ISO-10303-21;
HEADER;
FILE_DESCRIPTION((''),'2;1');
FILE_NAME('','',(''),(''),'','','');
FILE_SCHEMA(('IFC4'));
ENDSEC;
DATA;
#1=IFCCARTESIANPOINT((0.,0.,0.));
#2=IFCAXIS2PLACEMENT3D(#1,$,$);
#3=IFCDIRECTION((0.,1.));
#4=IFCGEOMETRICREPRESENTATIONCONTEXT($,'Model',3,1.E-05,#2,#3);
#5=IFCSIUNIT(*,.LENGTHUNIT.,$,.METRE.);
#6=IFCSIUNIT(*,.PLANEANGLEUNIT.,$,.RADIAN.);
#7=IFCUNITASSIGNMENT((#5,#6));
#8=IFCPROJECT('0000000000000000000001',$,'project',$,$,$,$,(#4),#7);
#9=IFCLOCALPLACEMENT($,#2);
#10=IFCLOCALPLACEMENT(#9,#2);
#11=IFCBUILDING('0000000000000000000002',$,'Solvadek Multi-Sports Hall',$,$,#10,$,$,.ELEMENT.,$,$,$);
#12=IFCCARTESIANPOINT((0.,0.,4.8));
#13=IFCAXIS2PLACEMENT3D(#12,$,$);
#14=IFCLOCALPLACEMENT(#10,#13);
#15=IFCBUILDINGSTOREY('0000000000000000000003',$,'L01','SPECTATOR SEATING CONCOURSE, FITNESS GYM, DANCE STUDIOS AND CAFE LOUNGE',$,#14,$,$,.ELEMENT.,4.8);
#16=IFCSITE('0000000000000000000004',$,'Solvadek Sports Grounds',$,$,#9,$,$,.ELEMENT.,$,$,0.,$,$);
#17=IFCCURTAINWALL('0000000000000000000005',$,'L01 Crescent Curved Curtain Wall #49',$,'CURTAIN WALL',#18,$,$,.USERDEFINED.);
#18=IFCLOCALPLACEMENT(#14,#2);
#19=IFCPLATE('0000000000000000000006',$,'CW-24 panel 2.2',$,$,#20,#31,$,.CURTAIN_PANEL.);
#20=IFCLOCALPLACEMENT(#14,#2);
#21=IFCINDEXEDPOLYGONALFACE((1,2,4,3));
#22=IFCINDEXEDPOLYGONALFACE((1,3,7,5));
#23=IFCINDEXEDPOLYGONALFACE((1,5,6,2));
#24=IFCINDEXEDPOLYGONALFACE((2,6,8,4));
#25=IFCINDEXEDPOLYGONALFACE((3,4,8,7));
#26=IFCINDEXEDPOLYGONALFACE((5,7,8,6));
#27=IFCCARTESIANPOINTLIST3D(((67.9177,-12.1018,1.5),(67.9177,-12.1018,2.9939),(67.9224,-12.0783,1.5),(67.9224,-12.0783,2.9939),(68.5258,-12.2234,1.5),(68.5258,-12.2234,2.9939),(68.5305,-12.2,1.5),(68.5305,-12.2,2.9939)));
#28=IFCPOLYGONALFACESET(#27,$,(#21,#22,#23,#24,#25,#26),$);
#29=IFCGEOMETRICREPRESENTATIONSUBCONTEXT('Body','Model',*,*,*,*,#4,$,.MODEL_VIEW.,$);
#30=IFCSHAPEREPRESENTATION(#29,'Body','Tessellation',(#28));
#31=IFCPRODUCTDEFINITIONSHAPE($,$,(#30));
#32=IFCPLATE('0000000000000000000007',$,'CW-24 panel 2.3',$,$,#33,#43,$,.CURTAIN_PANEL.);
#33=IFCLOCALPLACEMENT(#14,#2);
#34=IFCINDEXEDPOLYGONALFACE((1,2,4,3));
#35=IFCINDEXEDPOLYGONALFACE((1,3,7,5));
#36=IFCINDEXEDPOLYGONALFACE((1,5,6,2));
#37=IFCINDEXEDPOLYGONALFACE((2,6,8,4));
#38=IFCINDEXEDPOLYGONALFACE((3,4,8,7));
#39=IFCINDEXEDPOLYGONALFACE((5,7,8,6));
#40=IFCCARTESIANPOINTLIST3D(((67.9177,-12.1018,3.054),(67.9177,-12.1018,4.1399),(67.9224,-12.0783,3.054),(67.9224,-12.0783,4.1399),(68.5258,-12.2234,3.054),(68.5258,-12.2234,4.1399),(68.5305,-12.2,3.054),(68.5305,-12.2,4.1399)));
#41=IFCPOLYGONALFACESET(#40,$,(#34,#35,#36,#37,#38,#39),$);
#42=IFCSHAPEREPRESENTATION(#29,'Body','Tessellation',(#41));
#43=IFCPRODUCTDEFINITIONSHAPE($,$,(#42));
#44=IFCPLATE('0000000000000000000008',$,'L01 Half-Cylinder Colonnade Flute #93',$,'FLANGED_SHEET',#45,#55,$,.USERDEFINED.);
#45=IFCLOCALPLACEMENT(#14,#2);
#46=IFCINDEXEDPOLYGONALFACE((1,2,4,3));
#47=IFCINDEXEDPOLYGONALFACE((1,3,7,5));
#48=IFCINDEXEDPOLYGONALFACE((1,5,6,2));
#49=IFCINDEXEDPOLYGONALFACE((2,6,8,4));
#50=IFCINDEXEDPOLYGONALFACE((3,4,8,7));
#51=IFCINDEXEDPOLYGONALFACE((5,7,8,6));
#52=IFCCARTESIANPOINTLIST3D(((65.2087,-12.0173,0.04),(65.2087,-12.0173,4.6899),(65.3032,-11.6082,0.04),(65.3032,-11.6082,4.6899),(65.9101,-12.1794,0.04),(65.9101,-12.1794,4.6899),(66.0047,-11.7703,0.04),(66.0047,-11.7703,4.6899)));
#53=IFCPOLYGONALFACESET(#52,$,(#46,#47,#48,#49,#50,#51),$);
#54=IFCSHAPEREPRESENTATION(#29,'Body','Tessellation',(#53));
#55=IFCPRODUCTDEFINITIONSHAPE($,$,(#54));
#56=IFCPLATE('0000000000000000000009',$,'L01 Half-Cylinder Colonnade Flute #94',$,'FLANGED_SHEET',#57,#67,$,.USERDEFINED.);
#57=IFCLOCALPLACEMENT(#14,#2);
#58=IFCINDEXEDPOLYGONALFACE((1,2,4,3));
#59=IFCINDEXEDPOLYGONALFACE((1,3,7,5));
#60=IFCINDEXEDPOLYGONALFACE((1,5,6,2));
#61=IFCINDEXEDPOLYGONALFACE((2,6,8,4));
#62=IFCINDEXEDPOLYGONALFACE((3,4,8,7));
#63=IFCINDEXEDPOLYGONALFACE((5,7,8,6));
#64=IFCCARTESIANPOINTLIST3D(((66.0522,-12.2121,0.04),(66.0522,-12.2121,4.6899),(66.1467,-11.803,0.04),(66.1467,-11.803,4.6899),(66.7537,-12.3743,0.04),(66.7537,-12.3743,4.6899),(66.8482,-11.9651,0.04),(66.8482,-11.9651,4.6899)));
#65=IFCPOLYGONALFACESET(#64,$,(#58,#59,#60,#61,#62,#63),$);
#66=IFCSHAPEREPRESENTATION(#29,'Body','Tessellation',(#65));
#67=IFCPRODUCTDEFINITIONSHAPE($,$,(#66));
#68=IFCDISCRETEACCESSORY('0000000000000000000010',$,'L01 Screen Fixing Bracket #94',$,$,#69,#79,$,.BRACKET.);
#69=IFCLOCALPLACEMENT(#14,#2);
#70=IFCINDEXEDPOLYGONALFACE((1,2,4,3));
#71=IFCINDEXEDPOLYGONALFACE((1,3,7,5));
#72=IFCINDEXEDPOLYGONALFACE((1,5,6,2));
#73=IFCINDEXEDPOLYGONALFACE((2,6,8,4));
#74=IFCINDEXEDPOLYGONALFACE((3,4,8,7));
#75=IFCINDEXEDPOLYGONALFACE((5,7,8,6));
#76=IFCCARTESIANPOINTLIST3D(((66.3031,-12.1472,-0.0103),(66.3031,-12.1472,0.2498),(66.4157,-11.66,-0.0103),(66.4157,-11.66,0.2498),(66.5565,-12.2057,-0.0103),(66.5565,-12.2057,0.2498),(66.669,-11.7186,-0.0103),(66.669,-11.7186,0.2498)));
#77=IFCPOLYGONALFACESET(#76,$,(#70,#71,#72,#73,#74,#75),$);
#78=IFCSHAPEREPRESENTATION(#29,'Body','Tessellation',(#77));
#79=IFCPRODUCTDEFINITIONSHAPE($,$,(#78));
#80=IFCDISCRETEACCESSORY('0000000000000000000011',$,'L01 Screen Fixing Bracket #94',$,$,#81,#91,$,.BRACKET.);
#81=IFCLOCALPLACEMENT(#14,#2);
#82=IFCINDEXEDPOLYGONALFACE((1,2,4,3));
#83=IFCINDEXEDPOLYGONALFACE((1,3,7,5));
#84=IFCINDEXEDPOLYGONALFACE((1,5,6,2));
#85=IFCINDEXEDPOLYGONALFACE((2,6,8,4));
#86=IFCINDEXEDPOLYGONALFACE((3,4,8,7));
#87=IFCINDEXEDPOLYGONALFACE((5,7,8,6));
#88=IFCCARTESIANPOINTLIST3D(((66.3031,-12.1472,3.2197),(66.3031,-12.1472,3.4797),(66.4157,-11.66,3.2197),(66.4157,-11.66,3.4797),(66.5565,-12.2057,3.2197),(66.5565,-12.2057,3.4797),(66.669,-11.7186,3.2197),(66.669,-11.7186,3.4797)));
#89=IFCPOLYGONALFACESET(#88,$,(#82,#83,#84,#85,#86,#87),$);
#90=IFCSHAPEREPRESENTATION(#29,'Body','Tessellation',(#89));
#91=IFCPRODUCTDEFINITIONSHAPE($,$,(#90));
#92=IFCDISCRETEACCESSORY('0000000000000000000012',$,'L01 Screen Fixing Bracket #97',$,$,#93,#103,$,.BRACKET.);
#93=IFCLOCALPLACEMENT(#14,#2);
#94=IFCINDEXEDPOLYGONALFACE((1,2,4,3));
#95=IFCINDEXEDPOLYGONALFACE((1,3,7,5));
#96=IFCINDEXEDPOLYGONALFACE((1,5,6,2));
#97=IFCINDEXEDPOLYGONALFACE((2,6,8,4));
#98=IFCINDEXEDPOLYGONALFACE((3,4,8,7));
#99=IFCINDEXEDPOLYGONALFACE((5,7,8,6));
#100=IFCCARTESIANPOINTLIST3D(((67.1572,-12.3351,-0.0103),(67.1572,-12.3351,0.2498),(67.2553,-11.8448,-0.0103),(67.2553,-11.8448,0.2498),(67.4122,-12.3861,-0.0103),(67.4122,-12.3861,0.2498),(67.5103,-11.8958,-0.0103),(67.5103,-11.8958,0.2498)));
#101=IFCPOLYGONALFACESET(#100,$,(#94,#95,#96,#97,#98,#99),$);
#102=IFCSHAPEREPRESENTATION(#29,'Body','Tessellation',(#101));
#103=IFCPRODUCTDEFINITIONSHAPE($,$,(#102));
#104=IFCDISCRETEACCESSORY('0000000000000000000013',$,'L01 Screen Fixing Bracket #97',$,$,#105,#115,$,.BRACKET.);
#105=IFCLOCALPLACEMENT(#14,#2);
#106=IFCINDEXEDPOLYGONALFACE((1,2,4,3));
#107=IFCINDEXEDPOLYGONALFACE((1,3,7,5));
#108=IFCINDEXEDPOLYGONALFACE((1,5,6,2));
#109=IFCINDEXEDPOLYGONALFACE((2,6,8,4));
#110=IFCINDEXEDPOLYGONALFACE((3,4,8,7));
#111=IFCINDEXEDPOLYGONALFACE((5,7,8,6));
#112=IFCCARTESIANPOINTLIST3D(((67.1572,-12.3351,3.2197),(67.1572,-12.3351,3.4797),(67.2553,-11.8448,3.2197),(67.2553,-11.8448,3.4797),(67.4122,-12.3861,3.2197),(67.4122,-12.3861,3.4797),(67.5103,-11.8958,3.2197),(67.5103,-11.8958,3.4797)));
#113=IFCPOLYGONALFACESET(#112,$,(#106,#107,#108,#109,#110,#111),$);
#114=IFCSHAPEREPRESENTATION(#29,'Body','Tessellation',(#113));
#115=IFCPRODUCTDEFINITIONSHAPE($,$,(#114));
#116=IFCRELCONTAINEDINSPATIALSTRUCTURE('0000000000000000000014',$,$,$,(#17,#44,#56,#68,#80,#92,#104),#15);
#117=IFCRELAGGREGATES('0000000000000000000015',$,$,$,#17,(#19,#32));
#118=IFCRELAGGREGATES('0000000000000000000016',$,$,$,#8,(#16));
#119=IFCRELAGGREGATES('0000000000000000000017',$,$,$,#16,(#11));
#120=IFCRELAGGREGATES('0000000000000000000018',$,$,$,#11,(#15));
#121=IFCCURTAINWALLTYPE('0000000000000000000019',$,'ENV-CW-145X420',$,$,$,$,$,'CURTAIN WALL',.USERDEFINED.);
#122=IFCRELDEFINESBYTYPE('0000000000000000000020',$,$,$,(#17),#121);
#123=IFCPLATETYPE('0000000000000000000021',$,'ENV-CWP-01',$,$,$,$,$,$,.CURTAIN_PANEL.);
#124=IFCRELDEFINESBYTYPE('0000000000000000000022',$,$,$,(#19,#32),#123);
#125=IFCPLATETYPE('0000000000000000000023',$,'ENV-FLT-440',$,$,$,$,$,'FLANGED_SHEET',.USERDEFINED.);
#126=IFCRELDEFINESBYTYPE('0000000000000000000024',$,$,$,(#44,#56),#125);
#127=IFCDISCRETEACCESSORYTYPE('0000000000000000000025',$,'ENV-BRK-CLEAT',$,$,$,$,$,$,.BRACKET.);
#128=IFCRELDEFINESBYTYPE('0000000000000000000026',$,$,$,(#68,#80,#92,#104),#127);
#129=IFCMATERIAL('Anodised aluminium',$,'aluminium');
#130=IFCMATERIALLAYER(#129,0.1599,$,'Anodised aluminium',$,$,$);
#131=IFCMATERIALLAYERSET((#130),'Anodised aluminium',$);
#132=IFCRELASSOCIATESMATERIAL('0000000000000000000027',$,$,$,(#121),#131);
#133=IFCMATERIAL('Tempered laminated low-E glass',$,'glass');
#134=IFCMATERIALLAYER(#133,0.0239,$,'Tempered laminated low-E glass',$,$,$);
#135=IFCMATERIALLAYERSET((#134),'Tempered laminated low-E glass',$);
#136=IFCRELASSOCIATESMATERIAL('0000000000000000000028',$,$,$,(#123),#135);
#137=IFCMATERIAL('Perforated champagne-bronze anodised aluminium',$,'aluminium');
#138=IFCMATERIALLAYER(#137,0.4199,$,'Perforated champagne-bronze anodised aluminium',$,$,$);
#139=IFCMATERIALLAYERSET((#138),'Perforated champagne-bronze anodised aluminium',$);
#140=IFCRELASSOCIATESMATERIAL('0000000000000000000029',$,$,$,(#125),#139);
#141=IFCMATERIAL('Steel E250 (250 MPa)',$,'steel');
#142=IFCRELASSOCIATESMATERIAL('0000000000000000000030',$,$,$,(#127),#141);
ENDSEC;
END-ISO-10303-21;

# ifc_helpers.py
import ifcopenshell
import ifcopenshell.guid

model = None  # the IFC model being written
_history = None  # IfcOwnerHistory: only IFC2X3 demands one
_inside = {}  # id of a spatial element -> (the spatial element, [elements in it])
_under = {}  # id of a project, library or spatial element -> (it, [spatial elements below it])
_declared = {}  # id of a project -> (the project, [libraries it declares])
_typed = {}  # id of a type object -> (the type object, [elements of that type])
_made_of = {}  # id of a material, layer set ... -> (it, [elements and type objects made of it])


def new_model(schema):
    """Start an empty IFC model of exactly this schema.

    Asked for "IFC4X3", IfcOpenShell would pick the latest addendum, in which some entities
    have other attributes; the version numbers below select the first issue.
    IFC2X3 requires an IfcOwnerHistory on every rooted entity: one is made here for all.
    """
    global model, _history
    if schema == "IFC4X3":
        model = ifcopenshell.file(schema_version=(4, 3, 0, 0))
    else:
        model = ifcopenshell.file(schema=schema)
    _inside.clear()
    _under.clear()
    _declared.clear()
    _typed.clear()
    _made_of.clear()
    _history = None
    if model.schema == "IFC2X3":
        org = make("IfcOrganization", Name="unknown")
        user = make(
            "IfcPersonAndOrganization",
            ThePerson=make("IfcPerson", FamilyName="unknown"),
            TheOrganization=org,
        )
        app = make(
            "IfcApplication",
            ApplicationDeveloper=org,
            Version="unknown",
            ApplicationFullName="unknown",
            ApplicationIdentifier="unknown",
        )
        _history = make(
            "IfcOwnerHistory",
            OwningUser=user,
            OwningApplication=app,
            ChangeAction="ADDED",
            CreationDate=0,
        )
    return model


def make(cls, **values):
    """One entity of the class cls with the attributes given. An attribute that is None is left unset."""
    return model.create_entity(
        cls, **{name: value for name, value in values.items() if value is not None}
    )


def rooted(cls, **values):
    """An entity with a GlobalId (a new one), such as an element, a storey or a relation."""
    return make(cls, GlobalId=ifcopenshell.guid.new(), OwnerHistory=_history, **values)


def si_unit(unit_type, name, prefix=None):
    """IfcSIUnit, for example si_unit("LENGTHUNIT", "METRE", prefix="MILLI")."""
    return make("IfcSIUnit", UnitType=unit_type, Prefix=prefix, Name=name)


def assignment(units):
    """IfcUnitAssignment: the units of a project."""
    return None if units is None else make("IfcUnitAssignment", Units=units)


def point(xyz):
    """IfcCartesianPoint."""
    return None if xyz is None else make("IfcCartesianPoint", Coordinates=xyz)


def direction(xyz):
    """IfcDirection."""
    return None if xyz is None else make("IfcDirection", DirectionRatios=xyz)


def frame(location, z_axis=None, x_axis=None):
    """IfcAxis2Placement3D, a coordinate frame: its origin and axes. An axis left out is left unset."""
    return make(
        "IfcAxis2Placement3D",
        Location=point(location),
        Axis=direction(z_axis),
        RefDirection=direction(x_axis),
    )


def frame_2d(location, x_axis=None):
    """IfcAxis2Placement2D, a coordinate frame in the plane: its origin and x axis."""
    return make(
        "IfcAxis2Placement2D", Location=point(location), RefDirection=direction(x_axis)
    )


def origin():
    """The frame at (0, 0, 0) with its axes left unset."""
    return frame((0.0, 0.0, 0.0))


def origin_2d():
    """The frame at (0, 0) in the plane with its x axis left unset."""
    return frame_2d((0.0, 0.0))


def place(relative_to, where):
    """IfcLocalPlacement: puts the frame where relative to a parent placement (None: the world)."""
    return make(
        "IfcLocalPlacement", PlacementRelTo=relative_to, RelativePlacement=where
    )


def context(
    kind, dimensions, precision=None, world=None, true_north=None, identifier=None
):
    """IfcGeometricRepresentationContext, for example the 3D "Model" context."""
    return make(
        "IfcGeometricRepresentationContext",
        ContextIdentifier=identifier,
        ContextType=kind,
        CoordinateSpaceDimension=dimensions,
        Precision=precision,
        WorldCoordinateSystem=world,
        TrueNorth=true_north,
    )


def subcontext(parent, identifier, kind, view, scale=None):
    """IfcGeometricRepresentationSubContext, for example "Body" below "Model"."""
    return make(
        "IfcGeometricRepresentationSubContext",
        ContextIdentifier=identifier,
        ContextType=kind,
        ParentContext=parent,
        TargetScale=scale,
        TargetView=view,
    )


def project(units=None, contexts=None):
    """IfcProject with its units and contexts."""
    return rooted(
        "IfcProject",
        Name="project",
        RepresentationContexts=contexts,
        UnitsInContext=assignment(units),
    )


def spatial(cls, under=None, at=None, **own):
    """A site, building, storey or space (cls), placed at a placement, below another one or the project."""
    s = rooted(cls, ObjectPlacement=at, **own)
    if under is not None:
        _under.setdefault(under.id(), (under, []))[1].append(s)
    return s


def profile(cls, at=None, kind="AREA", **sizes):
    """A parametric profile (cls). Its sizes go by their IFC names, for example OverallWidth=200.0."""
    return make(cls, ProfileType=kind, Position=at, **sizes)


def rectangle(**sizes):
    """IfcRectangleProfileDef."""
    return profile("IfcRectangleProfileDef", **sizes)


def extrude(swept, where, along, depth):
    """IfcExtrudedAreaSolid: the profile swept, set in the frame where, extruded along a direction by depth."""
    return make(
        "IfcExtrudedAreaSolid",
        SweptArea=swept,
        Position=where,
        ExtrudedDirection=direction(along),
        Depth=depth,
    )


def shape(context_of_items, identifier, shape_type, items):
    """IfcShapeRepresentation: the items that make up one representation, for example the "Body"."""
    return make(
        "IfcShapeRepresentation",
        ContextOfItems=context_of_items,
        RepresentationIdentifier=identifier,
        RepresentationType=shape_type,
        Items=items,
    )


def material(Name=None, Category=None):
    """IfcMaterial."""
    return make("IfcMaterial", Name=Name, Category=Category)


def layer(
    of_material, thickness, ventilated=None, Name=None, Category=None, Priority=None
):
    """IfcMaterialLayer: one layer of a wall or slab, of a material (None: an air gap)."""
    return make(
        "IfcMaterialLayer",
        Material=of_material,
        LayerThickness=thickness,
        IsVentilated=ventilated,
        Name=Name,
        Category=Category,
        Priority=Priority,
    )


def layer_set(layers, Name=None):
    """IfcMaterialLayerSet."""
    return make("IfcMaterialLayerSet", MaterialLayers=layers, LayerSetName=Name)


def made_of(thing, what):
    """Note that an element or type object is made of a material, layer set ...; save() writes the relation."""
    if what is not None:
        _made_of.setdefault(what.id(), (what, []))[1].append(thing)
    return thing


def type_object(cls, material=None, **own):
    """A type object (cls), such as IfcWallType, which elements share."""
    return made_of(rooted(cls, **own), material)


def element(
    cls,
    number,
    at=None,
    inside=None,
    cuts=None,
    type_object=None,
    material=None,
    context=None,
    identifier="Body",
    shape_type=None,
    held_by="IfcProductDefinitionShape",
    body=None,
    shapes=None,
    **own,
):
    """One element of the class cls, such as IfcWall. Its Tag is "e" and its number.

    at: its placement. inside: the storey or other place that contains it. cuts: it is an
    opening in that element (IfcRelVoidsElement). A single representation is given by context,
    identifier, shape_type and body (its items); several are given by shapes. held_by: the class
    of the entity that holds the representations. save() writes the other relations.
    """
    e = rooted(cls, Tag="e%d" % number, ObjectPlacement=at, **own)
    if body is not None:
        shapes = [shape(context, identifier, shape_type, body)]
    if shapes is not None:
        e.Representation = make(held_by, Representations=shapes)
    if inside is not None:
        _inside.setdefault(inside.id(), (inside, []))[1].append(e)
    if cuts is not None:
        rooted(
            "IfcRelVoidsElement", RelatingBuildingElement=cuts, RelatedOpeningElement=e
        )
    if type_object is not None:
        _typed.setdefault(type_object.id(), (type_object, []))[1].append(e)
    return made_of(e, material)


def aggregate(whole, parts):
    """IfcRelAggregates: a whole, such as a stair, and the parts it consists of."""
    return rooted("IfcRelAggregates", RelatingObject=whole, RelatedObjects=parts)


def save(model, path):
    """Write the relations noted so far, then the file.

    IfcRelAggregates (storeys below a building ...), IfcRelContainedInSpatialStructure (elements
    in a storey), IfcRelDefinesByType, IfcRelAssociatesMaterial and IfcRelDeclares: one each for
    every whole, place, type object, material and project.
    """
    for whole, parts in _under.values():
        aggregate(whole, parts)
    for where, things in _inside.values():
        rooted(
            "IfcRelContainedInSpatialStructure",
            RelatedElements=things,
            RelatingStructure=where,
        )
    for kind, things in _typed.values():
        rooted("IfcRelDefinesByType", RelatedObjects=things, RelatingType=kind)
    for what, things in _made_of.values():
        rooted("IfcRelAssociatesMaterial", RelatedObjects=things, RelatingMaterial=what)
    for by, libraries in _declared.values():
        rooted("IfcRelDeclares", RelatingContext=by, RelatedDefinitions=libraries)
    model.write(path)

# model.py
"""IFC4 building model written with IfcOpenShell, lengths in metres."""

from ifc_helpers import new_model, si_unit, direction, frame, origin, origin_2d, place, context, subcontext, project, spatial, rectangle, extrude, material, layer, layer_set, type_object, element, aggregate, save


model = new_model("IFC4")

# Units and contexts
model_context = context("Model", 3, precision=1e-05, world=origin(), true_north=direction((0.0, 1.0)))
body_context = subcontext(model_context, "Body", "Model", "MODEL_VIEW")
ifc_project = project(units=[si_unit("LENGTHUNIT", "METRE"), si_unit("PLANEANGLEUNIT", "RADIAN")], contexts=[model_context])

# Site, building, storey
site_placement = place(None, origin())
site = spatial("IfcSite", under=ifc_project, at=site_placement, Name="Solvadek Sports Grounds", CompositionType="ELEMENT", RefElevation=0.0)
building_placement = place(site_placement, origin())
building = spatial("IfcBuilding", under=site, at=building_placement, Name="Solvadek Multi-Sports Hall", CompositionType="ELEMENT")
storey_placement = place(building_placement, frame((0.0, 0.0, 4.8)))
storey = spatial("IfcBuildingStorey", under=building, at=storey_placement, Name="L01", Description="SPECTATOR SEATING CONCOURSE, FITNESS GYM, DANCE STUDIOS AND CAFE LOUNGE", CompositionType="ELEMENT", Elevation=4.8)

# Curtain wall
ifc_material_1 = material(Name="Anodised aluminium", Category="aluminium")
ifc_layer_1 = layer(ifc_material_1, 0.1599, Name="Anodised aluminium")
ifc_layer_set_1 = layer_set([ifc_layer_1], Name="Anodised aluminium")
curtain_wall_type_1 = type_object("IfcCurtainWallType", Name="ENV-CW-145X420", ElementType="CURTAIN WALL", PredefinedType="USERDEFINED", material=ifc_layer_set_1)
curtain_wall_1_placement = place(storey_placement, origin())
curtain_wall_1 = element("IfcCurtainWall", 1, at=curtain_wall_1_placement, inside=storey, type_object=curtain_wall_type_1, Name="L01 Crescent Curved Curtain Wall #49", ObjectType="CURTAIN WALL", PredefinedType="USERDEFINED")

# Shared definitions
ifc_material_2 = material(Name="Steel E250 (250 MPa)", Category="steel")

# Plates
ifc_material_3 = material(Name="Tempered laminated low-E glass", Category="glass")
ifc_layer_2 = layer(ifc_material_3, 0.0239, Name="Tempered laminated low-E glass")
ifc_layer_set_2 = layer_set([ifc_layer_2], Name="Tempered laminated low-E glass")
plate_type_1 = type_object("IfcPlateType", Name="ENV-CWP-01", PredefinedType="CURTAIN_PANEL", material=ifc_layer_set_2)
plate_1_placement = place(storey_placement, frame((68.2241, -12.1509, 1.5), z_axis=(0.0, 0.0, 1.0), x_axis=(0.980573, -0.196156, 0.0)))
plate_1 = element("IfcPlate", 2, at=plate_1_placement, type_object=plate_type_1, Name="CW-24 panel 2.2", PredefinedType="CURTAIN_PANEL", context=body_context, shape_type="SweptSolid", body=[
    extrude(rectangle(XDim=0.6201, YDim=0.0239, at=origin_2d()), origin(), (0.0, 0.0, 1.0), 1.4939),
])
plate_2_placement = place(storey_placement, frame((68.2241, -12.1509, 3.054), z_axis=(0.0, 0.0, 1.0), x_axis=(0.980573, -0.196156, 0.0)))
plate_2 = element("IfcPlate", 3, at=plate_2_placement, type_object=plate_type_1, Name="CW-24 panel 2.3", PredefinedType="CURTAIN_PANEL", context=body_context, shape_type="SweptSolid", body=[
    extrude(rectangle(XDim=0.6201, YDim=0.0239, at=origin_2d()), origin(), (0.0, 0.0, 1.0), 1.0859),
])
aggregate(curtain_wall_1, [plate_1, plate_2])

# Plates
ifc_material_4 = material(Name="Perforated champagne-bronze anodised aluminium", Category="aluminium")
ifc_layer_3 = layer(ifc_material_4, 0.4199, Name="Perforated champagne-bronze anodised aluminium")
ifc_layer_set_3 = layer_set([ifc_layer_3], Name="Perforated champagne-bronze anodised aluminium")
plate_type_2 = type_object("IfcPlateType", Name="ENV-FLT-440", ElementType="FLANGED_SHEET", PredefinedType="USERDEFINED", material=ifc_layer_set_3)
for number, where, z_axis, x_axis, name in (
    (4, (65.6067, -11.8938, 0.04), (0.0, 0.0, 1.0), (0.974313, -0.225197, 0.0), "L01 Half-Cylinder Colonnade Flute #93"),
    (5, (66.4502, -12.0886, 0.04), (0.0, 0.0, 1.0), (0.974313, -0.225197, 0.0), "L01 Half-Cylinder Colonnade Flute #94"),
):
    element("IfcPlate", number, at=place(storey_placement, frame(where, z_axis=z_axis, x_axis=x_axis)), inside=storey, type_object=plate_type_2, Name=name, ObjectType="FLANGED_SHEET", PredefinedType="USERDEFINED", context=body_context, shape_type="SweptSolid", body=[
        extrude(rectangle(XDim=0.72, YDim=0.4199, at=origin_2d()), origin(), (0.0, 0.0, 1.0), 4.6499),
    ])

# Discrete accessories
discrete_accessory_type = type_object("IfcDiscreteAccessoryType", Name="ENV-BRK-CLEAT", PredefinedType="BRACKET", material=ifc_material_2)
for number, where, z_axis, x_axis, name in (
    (6, (66.4861, -11.9329, -0.0103), (0.0, 0.0, 1.0), (0.974313, -0.225197, 0.0), "L01 Screen Fixing Bracket #94"),
    (7, (66.4861, -11.9329, 3.2197), (0.0, 0.0, 1.0), (0.974313, -0.225197, 0.0), "L01 Screen Fixing Bracket #94"),
    (8, (67.3337, -12.1155, -0.0103), (0.0, 0.0, 1.0), (0.980567, -0.196183, 0.0), "L01 Screen Fixing Bracket #97"),
    (9, (67.3337, -12.1155, 3.2197), (0.0, 0.0, 1.0), (0.980567, -0.196183, 0.0), "L01 Screen Fixing Bracket #97"),
):
    element("IfcDiscreteAccessory", number, at=place(storey_placement, frame(where, z_axis=z_axis, x_axis=x_axis)), inside=storey, type_object=discrete_accessory_type, Name=name, PredefinedType="BRACKET", context=body_context, shape_type="SweptSolid", body=[
        extrude(rectangle(XDim=0.26, YDim=0.5, at=origin_2d()), origin(), (0.0, 0.0, 1.0), 0.26),
    ])

save(model, "model.ifc")
